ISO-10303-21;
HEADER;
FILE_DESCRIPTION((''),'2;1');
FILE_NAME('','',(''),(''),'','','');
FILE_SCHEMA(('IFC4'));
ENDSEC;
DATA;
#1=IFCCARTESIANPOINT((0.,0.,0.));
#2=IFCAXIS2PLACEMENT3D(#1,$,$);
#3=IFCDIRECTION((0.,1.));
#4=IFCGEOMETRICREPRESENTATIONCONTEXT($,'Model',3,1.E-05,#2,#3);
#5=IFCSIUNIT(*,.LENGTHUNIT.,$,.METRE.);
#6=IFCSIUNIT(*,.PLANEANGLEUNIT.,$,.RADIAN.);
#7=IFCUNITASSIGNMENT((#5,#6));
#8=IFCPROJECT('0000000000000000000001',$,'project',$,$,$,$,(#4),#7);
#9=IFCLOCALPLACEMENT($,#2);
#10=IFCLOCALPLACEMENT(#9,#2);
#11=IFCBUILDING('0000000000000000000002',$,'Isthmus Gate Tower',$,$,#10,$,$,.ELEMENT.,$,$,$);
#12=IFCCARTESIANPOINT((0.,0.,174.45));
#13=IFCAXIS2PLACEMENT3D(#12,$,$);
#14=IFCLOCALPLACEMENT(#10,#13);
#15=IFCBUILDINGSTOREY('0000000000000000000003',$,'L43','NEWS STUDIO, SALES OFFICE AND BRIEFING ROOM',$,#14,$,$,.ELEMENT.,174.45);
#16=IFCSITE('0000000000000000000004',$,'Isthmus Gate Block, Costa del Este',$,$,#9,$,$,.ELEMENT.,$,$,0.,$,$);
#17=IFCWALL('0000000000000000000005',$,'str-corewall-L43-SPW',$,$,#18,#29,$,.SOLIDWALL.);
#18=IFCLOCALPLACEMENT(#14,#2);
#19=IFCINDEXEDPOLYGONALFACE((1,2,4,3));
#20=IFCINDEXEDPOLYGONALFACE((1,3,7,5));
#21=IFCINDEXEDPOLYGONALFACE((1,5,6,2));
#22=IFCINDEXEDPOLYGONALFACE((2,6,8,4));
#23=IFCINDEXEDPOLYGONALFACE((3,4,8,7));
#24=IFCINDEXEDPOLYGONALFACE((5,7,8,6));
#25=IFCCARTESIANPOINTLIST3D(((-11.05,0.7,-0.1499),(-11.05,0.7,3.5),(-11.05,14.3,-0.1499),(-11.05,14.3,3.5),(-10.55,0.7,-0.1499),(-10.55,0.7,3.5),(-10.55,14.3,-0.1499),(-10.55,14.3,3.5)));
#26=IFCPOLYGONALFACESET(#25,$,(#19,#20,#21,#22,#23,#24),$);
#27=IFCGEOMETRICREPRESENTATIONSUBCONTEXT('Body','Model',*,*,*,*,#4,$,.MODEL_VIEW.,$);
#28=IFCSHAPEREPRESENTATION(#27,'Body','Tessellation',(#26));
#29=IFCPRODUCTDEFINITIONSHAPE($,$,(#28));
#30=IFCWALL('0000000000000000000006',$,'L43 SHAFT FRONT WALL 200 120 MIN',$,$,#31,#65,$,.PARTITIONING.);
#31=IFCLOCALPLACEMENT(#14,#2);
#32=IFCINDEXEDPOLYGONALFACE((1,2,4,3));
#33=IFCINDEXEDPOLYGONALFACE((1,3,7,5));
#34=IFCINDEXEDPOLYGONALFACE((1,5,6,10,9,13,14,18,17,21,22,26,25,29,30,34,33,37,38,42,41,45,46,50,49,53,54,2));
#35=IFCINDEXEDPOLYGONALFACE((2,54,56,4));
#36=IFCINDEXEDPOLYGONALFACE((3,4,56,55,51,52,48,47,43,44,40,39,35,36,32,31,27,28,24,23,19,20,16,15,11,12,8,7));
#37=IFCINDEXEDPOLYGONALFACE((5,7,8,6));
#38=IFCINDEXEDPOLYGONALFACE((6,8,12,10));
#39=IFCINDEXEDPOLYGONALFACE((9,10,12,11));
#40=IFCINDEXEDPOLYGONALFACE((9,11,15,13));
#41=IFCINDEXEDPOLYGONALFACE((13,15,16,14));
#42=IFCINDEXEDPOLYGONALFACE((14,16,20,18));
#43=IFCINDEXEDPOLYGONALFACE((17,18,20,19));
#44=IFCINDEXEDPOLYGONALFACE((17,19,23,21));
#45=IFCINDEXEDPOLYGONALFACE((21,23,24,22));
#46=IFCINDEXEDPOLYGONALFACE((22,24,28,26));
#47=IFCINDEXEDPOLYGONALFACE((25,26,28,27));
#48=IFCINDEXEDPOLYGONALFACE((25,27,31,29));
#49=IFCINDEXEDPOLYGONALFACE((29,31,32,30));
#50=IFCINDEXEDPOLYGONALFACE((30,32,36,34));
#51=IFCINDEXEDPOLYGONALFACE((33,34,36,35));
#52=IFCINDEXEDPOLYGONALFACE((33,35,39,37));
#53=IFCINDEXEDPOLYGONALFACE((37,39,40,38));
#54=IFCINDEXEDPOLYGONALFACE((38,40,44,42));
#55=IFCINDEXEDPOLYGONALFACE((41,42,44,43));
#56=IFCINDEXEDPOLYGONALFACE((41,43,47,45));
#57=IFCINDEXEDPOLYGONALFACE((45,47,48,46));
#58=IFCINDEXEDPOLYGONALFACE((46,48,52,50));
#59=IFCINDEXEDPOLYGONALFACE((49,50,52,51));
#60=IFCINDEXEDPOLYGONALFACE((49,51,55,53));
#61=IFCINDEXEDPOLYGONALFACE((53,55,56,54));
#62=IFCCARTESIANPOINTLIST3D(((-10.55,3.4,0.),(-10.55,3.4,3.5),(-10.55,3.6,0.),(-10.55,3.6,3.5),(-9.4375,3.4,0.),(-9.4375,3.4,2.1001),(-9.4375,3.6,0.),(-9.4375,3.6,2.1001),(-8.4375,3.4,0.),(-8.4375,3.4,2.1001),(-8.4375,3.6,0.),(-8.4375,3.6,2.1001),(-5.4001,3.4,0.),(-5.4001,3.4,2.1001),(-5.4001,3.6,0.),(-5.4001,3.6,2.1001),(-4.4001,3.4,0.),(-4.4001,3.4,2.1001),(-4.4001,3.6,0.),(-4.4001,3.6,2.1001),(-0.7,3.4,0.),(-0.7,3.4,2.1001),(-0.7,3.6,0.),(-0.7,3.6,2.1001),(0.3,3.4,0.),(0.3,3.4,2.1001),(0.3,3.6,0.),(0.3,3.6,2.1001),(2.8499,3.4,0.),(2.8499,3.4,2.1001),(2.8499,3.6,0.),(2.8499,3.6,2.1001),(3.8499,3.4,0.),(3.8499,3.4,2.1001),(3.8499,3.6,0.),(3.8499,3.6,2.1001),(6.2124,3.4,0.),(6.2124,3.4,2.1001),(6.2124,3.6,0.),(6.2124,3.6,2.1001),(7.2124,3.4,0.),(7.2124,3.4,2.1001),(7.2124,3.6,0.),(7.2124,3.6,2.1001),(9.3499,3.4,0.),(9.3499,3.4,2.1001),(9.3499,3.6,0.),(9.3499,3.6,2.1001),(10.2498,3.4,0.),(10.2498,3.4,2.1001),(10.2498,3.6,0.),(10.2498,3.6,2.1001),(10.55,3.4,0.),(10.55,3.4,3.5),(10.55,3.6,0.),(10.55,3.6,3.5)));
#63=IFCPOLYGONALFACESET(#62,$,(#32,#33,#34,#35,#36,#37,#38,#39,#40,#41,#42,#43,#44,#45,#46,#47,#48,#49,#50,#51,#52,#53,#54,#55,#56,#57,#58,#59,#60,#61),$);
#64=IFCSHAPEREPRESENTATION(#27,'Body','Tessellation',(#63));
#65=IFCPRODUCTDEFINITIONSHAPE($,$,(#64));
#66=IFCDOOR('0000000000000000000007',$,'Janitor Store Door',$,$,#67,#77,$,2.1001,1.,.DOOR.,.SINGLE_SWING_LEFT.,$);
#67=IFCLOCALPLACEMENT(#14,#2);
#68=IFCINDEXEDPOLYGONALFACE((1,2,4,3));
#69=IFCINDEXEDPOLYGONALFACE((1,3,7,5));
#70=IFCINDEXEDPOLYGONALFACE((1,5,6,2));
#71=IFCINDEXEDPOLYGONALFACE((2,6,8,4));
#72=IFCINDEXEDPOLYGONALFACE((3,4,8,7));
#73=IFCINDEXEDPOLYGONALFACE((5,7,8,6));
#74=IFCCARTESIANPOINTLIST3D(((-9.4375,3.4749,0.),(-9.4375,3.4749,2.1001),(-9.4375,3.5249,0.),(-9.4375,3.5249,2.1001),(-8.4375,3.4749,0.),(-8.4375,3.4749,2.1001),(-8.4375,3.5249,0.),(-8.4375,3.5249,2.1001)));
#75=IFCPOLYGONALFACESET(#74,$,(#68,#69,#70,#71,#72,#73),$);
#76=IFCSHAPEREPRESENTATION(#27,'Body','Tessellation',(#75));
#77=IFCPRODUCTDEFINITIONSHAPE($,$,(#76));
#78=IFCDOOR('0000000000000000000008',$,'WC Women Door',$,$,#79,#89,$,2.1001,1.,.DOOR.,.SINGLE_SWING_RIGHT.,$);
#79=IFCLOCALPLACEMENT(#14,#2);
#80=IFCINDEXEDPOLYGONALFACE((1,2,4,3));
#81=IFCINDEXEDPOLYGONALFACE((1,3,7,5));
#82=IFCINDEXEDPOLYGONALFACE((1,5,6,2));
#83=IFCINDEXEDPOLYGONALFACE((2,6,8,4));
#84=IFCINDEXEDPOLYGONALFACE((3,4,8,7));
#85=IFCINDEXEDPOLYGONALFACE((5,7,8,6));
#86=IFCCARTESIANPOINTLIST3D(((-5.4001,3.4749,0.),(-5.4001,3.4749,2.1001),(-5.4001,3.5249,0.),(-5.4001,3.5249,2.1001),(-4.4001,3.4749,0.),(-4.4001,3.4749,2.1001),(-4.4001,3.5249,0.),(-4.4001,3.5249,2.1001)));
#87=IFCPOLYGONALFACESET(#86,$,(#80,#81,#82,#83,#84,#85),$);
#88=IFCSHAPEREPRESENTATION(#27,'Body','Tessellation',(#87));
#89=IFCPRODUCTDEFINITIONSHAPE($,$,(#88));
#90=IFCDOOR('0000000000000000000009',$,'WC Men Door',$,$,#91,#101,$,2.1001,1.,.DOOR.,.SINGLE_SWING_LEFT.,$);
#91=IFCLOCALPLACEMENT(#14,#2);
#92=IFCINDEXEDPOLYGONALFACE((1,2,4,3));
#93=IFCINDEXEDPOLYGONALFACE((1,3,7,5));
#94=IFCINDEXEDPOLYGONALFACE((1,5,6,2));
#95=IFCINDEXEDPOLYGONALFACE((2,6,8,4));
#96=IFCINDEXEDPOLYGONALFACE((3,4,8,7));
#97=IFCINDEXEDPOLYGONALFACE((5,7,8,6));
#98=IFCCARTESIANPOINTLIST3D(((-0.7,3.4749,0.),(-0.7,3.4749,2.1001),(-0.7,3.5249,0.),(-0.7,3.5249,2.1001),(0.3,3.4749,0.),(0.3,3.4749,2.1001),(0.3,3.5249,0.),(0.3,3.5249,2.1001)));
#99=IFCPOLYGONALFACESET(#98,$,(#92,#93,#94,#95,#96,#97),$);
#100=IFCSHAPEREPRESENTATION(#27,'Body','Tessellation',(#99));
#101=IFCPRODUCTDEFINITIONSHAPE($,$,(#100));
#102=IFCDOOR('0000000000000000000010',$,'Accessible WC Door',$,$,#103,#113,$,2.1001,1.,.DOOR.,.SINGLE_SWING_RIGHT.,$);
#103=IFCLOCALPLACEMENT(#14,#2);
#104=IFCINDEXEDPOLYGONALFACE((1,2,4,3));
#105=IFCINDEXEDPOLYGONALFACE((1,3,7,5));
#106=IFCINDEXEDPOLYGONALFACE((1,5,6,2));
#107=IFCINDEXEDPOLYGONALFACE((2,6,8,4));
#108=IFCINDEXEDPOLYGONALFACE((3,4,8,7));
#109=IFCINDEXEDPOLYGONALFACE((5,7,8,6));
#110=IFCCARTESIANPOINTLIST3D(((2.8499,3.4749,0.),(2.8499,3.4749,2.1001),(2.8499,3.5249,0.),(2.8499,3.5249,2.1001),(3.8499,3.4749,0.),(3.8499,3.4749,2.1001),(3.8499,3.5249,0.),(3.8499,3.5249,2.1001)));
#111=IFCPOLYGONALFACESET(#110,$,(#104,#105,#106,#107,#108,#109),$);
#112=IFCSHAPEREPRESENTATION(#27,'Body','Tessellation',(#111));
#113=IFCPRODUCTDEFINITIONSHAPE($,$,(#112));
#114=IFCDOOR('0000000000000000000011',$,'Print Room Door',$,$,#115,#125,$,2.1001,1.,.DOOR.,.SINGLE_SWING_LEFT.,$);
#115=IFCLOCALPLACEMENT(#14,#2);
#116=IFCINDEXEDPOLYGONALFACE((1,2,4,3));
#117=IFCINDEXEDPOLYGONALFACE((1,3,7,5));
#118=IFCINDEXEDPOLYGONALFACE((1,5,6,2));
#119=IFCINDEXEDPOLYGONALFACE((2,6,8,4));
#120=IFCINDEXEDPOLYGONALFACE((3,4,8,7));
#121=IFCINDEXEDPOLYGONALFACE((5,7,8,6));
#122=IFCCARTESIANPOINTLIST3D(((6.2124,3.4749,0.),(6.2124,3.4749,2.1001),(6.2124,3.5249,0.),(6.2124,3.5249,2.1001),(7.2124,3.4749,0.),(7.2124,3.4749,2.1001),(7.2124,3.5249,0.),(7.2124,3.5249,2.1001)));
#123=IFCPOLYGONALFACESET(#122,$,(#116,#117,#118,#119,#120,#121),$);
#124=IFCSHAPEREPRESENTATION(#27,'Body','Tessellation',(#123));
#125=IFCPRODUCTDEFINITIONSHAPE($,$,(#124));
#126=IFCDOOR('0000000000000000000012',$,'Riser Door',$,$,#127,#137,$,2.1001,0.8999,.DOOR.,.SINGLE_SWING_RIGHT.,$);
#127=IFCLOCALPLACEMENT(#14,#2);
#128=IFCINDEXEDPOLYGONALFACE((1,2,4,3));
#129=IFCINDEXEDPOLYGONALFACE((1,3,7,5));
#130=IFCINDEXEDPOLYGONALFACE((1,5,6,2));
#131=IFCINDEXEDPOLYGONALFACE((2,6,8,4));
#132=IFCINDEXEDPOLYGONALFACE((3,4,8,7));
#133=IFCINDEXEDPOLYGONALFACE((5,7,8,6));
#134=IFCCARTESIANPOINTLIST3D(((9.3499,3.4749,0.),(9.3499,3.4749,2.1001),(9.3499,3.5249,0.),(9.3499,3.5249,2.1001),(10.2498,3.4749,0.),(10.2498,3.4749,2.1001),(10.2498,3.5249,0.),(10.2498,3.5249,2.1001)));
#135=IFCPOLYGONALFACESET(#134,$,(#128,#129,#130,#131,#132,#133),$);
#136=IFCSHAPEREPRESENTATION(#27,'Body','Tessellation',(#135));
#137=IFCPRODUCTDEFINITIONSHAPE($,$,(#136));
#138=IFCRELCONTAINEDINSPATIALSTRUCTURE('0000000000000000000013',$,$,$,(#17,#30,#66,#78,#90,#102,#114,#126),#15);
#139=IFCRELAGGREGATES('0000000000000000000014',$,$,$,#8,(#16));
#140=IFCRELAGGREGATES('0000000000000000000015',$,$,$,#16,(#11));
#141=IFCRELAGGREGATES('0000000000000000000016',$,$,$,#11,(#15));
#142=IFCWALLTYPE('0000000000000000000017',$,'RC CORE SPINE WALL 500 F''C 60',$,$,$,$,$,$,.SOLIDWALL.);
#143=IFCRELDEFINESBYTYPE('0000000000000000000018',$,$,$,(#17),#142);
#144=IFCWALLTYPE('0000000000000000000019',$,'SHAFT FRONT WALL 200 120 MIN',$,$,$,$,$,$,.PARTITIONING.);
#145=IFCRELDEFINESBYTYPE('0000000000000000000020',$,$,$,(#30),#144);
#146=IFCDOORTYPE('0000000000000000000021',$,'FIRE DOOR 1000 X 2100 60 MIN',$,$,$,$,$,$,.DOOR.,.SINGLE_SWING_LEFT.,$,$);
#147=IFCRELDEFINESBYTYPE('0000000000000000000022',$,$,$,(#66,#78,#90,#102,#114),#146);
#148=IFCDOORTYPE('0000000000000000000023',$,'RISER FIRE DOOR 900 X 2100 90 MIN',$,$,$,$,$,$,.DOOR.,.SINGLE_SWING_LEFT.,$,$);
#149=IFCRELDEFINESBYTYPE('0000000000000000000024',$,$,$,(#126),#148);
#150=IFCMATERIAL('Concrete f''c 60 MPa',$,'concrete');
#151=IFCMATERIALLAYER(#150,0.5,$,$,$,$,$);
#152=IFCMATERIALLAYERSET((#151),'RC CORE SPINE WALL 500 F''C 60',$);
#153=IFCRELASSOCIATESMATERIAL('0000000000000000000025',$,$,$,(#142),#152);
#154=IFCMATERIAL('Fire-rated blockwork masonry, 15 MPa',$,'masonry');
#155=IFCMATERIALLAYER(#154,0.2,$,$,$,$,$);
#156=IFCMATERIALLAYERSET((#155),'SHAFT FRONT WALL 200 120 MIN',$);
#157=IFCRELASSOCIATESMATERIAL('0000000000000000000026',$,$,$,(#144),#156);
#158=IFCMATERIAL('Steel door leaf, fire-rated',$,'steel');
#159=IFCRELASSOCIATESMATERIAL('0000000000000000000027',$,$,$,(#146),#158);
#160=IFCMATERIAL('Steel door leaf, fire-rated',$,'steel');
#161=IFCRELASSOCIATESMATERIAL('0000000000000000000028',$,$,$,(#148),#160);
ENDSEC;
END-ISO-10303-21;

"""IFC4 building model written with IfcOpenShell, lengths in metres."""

from ifc_helpers import new_model, si_unit, direction, frame, frame_2d, origin, place, context, subcontext, project, spatial, rectangle, extrude, material, layer, layer_set, type_object, element, fill, save


model = new_model("IFC4")

# Units and contexts
model_context = context("Model", 3, precision=1e-05, world=origin(), true_north=direction((0.0, 1.0)))
body_context = subcontext(model_context, "Body", "Model", "MODEL_VIEW")
ifc_project = project(units=[si_unit("LENGTHUNIT", "METRE"), si_unit("PLANEANGLEUNIT", "RADIAN")], contexts=[model_context])

# Site, building, storey
site_placement = place(None, origin())
site = spatial("IfcSite", under=ifc_project, at=site_placement, Name="Isthmus Gate Block, Costa del Este", CompositionType="ELEMENT", RefElevation=0.0)
building_placement = place(site_placement, origin())
building = spatial("IfcBuilding", under=site, at=building_placement, Name="Isthmus Gate Tower", CompositionType="ELEMENT")
storey_placement = place(building_placement, frame((0.0, 0.0, 174.45)))
storey = spatial("IfcBuildingStorey", under=building, at=storey_placement, Name="L43", Description="NEWS STUDIO, SALES OFFICE AND BRIEFING ROOM", CompositionType="ELEMENT", Elevation=174.45)

# Wall
ifc_material_1 = material(Name="Concrete f'c 60 MPa", Category="concrete")
ifc_layer_1 = layer(ifc_material_1, 0.5)
ifc_layer_set_1 = layer_set([ifc_layer_1], Name="RC CORE SPINE WALL 500 F'C 60")
wall_type_1 = type_object("IfcWallType", Name="RC CORE SPINE WALL 500 F'C 60", PredefinedType="SOLIDWALL", material=ifc_layer_set_1)
wall_1_placement = place(storey_placement, frame((-10.8, 0.7, -0.1499), z_axis=(0.0, 0.0, 1.0), x_axis=(0.0, 1.0, 0.0)))
element("IfcWall", 1, at=wall_1_placement, inside=storey, type_object=wall_type_1, Name="str-corewall-L43-SPW", PredefinedType="SOLIDWALL", context=body_context, shape_type="SweptSolid", body=[
    extrude(rectangle(XDim=13.6001, YDim=0.5, at=frame_2d((6.8, 0.0))), origin(), (0.0, 0.0, 1.0), 3.6499),
])

# Wall, openings, doors
ifc_material_2 = material(Name="Fire-rated blockwork masonry, 15 MPa", Category="masonry")
ifc_layer_2 = layer(ifc_material_2, 0.2)
ifc_layer_set_2 = layer_set([ifc_layer_2], Name="SHAFT FRONT WALL 200 120 MIN")
wall_type_2 = type_object("IfcWallType", Name="SHAFT FRONT WALL 200 120 MIN", PredefinedType="PARTITIONING", material=ifc_layer_set_2)
wall_2_placement = place(storey_placement, frame((-10.55, 3.5, 0.0), z_axis=(0.0, 0.0, 1.0), x_axis=(1.0, 0.0, 0.0)))
wall_2 = element("IfcWall", 2, at=wall_2_placement, inside=storey, type_object=wall_type_2, Name="L43 SHAFT FRONT WALL 200 120 MIN", PredefinedType="PARTITIONING", context=body_context, shape_type="SweptSolid", body=[
    extrude(rectangle(XDim=21.1001, YDim=0.2, at=frame_2d((10.55, 0.0))), origin(), (0.0, 0.0, 1.0), 3.5),
])
opening_1_placement = place(wall_2_placement, frame((1.1125, 0.0, 0.0)))
opening_1 = element("IfcOpeningElement", 3, at=opening_1_placement, cuts=wall_2, PredefinedType="OPENING", context=body_context, shape_type="SweptSolid", body=[
    extrude(rectangle(XDim=1.0, YDim=2.1001, at=frame_2d((0.5, 1.05))), frame((0.0, 0.1099, 0.0), z_axis=(0.0, -1.0, 0.0), x_axis=(1.0, 0.0, 0.0)), (0.0, 0.0, 1.0), 0.22),
])
opening_2_placement = place(wall_2_placement, frame((5.1499, 0.0, 0.0)))
opening_2 = element("IfcOpeningElement", 4, at=opening_2_placement, cuts=wall_2, PredefinedType="OPENING", context=body_context, shape_type="SweptSolid", body=[
    extrude(rectangle(XDim=1.0, YDim=2.1001, at=frame_2d((0.5, 1.05))), frame((0.0, 0.1099, 0.0), z_axis=(0.0, -1.0, 0.0), x_axis=(1.0, 0.0, 0.0)), (0.0, 0.0, 1.0), 0.22),
])
opening_3_placement = place(wall_2_placement, frame((9.8501, 0.0, 0.0)))
opening_3 = element("IfcOpeningElement", 5, at=opening_3_placement, cuts=wall_2, PredefinedType="OPENING", context=body_context, shape_type="SweptSolid", body=[
    extrude(rectangle(XDim=1.0, YDim=2.1001, at=frame_2d((0.5, 1.05))), frame((0.0, 0.1099, 0.0), z_axis=(0.0, -1.0, 0.0), x_axis=(1.0, 0.0, 0.0)), (0.0, 0.0, 1.0), 0.22),
])
opening_4_placement = place(wall_2_placement, frame((13.3999, 0.0, 0.0)))
opening_4 = element("IfcOpeningElement", 6, at=opening_4_placement, cuts=wall_2, PredefinedType="OPENING", context=body_context, shape_type="SweptSolid", body=[
    extrude(rectangle(XDim=1.0, YDim=2.1001, at=frame_2d((0.5, 1.05))), frame((0.0, 0.1099, 0.0), z_axis=(0.0, -1.0, 0.0), x_axis=(1.0, 0.0, 0.0)), (0.0, 0.0, 1.0), 0.22),
])
opening_5_placement = place(wall_2_placement, frame((16.7625, 0.0, 0.0)))
opening_5 = element("IfcOpeningElement", 7, at=opening_5_placement, cuts=wall_2, PredefinedType="OPENING", context=body_context, shape_type="SweptSolid", body=[
    extrude(rectangle(XDim=1.0, YDim=2.1001, at=frame_2d((0.5, 1.05))), frame((0.0, 0.1099, 0.0), z_axis=(0.0, -1.0, 0.0), x_axis=(1.0, 0.0, 0.0)), (0.0, 0.0, 1.0), 0.22),
])
opening_6_placement = place(wall_2_placement, frame((19.8999, 0.0, 0.0)))
opening_6 = element("IfcOpeningElement", 8, at=opening_6_placement, cuts=wall_2, PredefinedType="OPENING", context=body_context, shape_type="SweptSolid", body=[
    extrude(rectangle(XDim=0.8999, YDim=2.1001, at=frame_2d((0.45, 1.05))), frame((0.0, 0.1099, 0.0), z_axis=(0.0, -1.0, 0.0), x_axis=(1.0, 0.0, 0.0)), (0.0, 0.0, 1.0), 0.22),
])
ifc_material_3 = material(Name="Steel door leaf, fire-rated", Category="steel")
door_type_1 = type_object("IfcDoorType", Name="FIRE DOOR 1000 X 2100 60 MIN", OperationType="SINGLE_SWING_LEFT", PredefinedType="DOOR", material=ifc_material_3)
door_1_placement = place(opening_1_placement, origin())
door_1 = element("IfcDoor", 9, at=door_1_placement, inside=storey, type_object=door_type_1, Name="Janitor Store Door", OperationType="SINGLE_SWING_LEFT", OverallHeight=2.1001, OverallWidth=1.0, PredefinedType="DOOR", context=body_context, shape_type="SweptSolid", body=[
    extrude(rectangle(XDim=1.0, YDim=2.1001, at=frame_2d((0.5, 1.05))), frame((0.0, 0.0249, 0.0), z_axis=(0.0, -1.0, 0.0), x_axis=(1.0, 0.0, 0.0)), (0.0, 0.0, 1.0), 0.05),
])
fill(opening_1, door_1)
door_2_placement = place(opening_2_placement, origin())
door_2 = element("IfcDoor", 10, at=door_2_placement, inside=storey, type_object=door_type_1, Name="WC Women Door", OperationType="SINGLE_SWING_RIGHT", OverallHeight=2.1001, OverallWidth=1.0, PredefinedType="DOOR", context=body_context, shape_type="SweptSolid", body=[
    extrude(rectangle(XDim=1.0, YDim=2.1001, at=frame_2d((0.5, 1.05))), frame((0.0, 0.0249, 0.0), z_axis=(0.0, -1.0, 0.0), x_axis=(1.0, 0.0, 0.0)), (0.0, 0.0, 1.0), 0.05),
])
fill(opening_2, door_2)
door_3_placement = place(opening_3_placement, origin())
door_3 = element("IfcDoor", 11, at=door_3_placement, inside=storey, type_object=door_type_1, Name="WC Men Door", OperationType="SINGLE_SWING_LEFT", OverallHeight=2.1001, OverallWidth=1.0, PredefinedType="DOOR", context=body_context, shape_type="SweptSolid", body=[
    extrude(rectangle(XDim=1.0, YDim=2.1001, at=frame_2d((0.5, 1.05))), frame((0.0, 0.0249, 0.0), z_axis=(0.0, -1.0, 0.0), x_axis=(1.0, 0.0, 0.0)), (0.0, 0.0, 1.0), 0.05),
])
fill(opening_3, door_3)
door_4_placement = place(opening_4_placement, origin())
door_4 = element("IfcDoor", 12, at=door_4_placement, inside=storey, type_object=door_type_1, Name="Accessible WC Door", OperationType="SINGLE_SWING_RIGHT", OverallHeight=2.1001, OverallWidth=1.0, PredefinedType="DOOR", context=body_context, shape_type="SweptSolid", body=[
    extrude(rectangle(XDim=1.0, YDim=2.1001, at=frame_2d((0.5, 1.05))), frame((0.0, 0.0249, 0.0), z_axis=(0.0, -1.0, 0.0), x_axis=(1.0, 0.0, 0.0)), (0.0, 0.0, 1.0), 0.05),
])
fill(opening_4, door_4)
door_5_placement = place(opening_5_placement, origin())
door_5 = element("IfcDoor", 13, at=door_5_placement, inside=storey, type_object=door_type_1, Name="Print Room Door", OperationType="SINGLE_SWING_LEFT", OverallHeight=2.1001, OverallWidth=1.0, PredefinedType="DOOR", context=body_context, shape_type="SweptSolid", body=[
    extrude(rectangle(XDim=1.0, YDim=2.1001, at=frame_2d((0.5, 1.05))), frame((0.0, 0.0249, 0.0), z_axis=(0.0, -1.0, 0.0), x_axis=(1.0, 0.0, 0.0)), (0.0, 0.0, 1.0), 0.05),
])
fill(opening_5, door_5)
ifc_material_4 = material(Name="Steel door leaf, fire-rated", Category="steel")
door_type_2 = type_object("IfcDoorType", Name="RISER FIRE DOOR 900 X 2100 90 MIN", OperationType="SINGLE_SWING_LEFT", PredefinedType="DOOR", material=ifc_material_4)
door_6_placement = place(opening_6_placement, origin())
door_6 = element("IfcDoor", 14, at=door_6_placement, inside=storey, type_object=door_type_2, Name="Riser Door", OperationType="SINGLE_SWING_RIGHT", OverallHeight=2.1001, OverallWidth=0.8999, PredefinedType="DOOR", context=body_context, shape_type="SweptSolid", body=[
    extrude(rectangle(XDim=0.8999, YDim=2.1001, at=frame_2d((0.45, 1.05))), frame((0.0, 0.0249, 0.0), z_axis=(0.0, -1.0, 0.0), x_axis=(1.0, 0.0, 0.0)), (0.0, 0.0, 1.0), 0.05),
])
fill(opening_6, door_6)

save(model, "model.ifc")
